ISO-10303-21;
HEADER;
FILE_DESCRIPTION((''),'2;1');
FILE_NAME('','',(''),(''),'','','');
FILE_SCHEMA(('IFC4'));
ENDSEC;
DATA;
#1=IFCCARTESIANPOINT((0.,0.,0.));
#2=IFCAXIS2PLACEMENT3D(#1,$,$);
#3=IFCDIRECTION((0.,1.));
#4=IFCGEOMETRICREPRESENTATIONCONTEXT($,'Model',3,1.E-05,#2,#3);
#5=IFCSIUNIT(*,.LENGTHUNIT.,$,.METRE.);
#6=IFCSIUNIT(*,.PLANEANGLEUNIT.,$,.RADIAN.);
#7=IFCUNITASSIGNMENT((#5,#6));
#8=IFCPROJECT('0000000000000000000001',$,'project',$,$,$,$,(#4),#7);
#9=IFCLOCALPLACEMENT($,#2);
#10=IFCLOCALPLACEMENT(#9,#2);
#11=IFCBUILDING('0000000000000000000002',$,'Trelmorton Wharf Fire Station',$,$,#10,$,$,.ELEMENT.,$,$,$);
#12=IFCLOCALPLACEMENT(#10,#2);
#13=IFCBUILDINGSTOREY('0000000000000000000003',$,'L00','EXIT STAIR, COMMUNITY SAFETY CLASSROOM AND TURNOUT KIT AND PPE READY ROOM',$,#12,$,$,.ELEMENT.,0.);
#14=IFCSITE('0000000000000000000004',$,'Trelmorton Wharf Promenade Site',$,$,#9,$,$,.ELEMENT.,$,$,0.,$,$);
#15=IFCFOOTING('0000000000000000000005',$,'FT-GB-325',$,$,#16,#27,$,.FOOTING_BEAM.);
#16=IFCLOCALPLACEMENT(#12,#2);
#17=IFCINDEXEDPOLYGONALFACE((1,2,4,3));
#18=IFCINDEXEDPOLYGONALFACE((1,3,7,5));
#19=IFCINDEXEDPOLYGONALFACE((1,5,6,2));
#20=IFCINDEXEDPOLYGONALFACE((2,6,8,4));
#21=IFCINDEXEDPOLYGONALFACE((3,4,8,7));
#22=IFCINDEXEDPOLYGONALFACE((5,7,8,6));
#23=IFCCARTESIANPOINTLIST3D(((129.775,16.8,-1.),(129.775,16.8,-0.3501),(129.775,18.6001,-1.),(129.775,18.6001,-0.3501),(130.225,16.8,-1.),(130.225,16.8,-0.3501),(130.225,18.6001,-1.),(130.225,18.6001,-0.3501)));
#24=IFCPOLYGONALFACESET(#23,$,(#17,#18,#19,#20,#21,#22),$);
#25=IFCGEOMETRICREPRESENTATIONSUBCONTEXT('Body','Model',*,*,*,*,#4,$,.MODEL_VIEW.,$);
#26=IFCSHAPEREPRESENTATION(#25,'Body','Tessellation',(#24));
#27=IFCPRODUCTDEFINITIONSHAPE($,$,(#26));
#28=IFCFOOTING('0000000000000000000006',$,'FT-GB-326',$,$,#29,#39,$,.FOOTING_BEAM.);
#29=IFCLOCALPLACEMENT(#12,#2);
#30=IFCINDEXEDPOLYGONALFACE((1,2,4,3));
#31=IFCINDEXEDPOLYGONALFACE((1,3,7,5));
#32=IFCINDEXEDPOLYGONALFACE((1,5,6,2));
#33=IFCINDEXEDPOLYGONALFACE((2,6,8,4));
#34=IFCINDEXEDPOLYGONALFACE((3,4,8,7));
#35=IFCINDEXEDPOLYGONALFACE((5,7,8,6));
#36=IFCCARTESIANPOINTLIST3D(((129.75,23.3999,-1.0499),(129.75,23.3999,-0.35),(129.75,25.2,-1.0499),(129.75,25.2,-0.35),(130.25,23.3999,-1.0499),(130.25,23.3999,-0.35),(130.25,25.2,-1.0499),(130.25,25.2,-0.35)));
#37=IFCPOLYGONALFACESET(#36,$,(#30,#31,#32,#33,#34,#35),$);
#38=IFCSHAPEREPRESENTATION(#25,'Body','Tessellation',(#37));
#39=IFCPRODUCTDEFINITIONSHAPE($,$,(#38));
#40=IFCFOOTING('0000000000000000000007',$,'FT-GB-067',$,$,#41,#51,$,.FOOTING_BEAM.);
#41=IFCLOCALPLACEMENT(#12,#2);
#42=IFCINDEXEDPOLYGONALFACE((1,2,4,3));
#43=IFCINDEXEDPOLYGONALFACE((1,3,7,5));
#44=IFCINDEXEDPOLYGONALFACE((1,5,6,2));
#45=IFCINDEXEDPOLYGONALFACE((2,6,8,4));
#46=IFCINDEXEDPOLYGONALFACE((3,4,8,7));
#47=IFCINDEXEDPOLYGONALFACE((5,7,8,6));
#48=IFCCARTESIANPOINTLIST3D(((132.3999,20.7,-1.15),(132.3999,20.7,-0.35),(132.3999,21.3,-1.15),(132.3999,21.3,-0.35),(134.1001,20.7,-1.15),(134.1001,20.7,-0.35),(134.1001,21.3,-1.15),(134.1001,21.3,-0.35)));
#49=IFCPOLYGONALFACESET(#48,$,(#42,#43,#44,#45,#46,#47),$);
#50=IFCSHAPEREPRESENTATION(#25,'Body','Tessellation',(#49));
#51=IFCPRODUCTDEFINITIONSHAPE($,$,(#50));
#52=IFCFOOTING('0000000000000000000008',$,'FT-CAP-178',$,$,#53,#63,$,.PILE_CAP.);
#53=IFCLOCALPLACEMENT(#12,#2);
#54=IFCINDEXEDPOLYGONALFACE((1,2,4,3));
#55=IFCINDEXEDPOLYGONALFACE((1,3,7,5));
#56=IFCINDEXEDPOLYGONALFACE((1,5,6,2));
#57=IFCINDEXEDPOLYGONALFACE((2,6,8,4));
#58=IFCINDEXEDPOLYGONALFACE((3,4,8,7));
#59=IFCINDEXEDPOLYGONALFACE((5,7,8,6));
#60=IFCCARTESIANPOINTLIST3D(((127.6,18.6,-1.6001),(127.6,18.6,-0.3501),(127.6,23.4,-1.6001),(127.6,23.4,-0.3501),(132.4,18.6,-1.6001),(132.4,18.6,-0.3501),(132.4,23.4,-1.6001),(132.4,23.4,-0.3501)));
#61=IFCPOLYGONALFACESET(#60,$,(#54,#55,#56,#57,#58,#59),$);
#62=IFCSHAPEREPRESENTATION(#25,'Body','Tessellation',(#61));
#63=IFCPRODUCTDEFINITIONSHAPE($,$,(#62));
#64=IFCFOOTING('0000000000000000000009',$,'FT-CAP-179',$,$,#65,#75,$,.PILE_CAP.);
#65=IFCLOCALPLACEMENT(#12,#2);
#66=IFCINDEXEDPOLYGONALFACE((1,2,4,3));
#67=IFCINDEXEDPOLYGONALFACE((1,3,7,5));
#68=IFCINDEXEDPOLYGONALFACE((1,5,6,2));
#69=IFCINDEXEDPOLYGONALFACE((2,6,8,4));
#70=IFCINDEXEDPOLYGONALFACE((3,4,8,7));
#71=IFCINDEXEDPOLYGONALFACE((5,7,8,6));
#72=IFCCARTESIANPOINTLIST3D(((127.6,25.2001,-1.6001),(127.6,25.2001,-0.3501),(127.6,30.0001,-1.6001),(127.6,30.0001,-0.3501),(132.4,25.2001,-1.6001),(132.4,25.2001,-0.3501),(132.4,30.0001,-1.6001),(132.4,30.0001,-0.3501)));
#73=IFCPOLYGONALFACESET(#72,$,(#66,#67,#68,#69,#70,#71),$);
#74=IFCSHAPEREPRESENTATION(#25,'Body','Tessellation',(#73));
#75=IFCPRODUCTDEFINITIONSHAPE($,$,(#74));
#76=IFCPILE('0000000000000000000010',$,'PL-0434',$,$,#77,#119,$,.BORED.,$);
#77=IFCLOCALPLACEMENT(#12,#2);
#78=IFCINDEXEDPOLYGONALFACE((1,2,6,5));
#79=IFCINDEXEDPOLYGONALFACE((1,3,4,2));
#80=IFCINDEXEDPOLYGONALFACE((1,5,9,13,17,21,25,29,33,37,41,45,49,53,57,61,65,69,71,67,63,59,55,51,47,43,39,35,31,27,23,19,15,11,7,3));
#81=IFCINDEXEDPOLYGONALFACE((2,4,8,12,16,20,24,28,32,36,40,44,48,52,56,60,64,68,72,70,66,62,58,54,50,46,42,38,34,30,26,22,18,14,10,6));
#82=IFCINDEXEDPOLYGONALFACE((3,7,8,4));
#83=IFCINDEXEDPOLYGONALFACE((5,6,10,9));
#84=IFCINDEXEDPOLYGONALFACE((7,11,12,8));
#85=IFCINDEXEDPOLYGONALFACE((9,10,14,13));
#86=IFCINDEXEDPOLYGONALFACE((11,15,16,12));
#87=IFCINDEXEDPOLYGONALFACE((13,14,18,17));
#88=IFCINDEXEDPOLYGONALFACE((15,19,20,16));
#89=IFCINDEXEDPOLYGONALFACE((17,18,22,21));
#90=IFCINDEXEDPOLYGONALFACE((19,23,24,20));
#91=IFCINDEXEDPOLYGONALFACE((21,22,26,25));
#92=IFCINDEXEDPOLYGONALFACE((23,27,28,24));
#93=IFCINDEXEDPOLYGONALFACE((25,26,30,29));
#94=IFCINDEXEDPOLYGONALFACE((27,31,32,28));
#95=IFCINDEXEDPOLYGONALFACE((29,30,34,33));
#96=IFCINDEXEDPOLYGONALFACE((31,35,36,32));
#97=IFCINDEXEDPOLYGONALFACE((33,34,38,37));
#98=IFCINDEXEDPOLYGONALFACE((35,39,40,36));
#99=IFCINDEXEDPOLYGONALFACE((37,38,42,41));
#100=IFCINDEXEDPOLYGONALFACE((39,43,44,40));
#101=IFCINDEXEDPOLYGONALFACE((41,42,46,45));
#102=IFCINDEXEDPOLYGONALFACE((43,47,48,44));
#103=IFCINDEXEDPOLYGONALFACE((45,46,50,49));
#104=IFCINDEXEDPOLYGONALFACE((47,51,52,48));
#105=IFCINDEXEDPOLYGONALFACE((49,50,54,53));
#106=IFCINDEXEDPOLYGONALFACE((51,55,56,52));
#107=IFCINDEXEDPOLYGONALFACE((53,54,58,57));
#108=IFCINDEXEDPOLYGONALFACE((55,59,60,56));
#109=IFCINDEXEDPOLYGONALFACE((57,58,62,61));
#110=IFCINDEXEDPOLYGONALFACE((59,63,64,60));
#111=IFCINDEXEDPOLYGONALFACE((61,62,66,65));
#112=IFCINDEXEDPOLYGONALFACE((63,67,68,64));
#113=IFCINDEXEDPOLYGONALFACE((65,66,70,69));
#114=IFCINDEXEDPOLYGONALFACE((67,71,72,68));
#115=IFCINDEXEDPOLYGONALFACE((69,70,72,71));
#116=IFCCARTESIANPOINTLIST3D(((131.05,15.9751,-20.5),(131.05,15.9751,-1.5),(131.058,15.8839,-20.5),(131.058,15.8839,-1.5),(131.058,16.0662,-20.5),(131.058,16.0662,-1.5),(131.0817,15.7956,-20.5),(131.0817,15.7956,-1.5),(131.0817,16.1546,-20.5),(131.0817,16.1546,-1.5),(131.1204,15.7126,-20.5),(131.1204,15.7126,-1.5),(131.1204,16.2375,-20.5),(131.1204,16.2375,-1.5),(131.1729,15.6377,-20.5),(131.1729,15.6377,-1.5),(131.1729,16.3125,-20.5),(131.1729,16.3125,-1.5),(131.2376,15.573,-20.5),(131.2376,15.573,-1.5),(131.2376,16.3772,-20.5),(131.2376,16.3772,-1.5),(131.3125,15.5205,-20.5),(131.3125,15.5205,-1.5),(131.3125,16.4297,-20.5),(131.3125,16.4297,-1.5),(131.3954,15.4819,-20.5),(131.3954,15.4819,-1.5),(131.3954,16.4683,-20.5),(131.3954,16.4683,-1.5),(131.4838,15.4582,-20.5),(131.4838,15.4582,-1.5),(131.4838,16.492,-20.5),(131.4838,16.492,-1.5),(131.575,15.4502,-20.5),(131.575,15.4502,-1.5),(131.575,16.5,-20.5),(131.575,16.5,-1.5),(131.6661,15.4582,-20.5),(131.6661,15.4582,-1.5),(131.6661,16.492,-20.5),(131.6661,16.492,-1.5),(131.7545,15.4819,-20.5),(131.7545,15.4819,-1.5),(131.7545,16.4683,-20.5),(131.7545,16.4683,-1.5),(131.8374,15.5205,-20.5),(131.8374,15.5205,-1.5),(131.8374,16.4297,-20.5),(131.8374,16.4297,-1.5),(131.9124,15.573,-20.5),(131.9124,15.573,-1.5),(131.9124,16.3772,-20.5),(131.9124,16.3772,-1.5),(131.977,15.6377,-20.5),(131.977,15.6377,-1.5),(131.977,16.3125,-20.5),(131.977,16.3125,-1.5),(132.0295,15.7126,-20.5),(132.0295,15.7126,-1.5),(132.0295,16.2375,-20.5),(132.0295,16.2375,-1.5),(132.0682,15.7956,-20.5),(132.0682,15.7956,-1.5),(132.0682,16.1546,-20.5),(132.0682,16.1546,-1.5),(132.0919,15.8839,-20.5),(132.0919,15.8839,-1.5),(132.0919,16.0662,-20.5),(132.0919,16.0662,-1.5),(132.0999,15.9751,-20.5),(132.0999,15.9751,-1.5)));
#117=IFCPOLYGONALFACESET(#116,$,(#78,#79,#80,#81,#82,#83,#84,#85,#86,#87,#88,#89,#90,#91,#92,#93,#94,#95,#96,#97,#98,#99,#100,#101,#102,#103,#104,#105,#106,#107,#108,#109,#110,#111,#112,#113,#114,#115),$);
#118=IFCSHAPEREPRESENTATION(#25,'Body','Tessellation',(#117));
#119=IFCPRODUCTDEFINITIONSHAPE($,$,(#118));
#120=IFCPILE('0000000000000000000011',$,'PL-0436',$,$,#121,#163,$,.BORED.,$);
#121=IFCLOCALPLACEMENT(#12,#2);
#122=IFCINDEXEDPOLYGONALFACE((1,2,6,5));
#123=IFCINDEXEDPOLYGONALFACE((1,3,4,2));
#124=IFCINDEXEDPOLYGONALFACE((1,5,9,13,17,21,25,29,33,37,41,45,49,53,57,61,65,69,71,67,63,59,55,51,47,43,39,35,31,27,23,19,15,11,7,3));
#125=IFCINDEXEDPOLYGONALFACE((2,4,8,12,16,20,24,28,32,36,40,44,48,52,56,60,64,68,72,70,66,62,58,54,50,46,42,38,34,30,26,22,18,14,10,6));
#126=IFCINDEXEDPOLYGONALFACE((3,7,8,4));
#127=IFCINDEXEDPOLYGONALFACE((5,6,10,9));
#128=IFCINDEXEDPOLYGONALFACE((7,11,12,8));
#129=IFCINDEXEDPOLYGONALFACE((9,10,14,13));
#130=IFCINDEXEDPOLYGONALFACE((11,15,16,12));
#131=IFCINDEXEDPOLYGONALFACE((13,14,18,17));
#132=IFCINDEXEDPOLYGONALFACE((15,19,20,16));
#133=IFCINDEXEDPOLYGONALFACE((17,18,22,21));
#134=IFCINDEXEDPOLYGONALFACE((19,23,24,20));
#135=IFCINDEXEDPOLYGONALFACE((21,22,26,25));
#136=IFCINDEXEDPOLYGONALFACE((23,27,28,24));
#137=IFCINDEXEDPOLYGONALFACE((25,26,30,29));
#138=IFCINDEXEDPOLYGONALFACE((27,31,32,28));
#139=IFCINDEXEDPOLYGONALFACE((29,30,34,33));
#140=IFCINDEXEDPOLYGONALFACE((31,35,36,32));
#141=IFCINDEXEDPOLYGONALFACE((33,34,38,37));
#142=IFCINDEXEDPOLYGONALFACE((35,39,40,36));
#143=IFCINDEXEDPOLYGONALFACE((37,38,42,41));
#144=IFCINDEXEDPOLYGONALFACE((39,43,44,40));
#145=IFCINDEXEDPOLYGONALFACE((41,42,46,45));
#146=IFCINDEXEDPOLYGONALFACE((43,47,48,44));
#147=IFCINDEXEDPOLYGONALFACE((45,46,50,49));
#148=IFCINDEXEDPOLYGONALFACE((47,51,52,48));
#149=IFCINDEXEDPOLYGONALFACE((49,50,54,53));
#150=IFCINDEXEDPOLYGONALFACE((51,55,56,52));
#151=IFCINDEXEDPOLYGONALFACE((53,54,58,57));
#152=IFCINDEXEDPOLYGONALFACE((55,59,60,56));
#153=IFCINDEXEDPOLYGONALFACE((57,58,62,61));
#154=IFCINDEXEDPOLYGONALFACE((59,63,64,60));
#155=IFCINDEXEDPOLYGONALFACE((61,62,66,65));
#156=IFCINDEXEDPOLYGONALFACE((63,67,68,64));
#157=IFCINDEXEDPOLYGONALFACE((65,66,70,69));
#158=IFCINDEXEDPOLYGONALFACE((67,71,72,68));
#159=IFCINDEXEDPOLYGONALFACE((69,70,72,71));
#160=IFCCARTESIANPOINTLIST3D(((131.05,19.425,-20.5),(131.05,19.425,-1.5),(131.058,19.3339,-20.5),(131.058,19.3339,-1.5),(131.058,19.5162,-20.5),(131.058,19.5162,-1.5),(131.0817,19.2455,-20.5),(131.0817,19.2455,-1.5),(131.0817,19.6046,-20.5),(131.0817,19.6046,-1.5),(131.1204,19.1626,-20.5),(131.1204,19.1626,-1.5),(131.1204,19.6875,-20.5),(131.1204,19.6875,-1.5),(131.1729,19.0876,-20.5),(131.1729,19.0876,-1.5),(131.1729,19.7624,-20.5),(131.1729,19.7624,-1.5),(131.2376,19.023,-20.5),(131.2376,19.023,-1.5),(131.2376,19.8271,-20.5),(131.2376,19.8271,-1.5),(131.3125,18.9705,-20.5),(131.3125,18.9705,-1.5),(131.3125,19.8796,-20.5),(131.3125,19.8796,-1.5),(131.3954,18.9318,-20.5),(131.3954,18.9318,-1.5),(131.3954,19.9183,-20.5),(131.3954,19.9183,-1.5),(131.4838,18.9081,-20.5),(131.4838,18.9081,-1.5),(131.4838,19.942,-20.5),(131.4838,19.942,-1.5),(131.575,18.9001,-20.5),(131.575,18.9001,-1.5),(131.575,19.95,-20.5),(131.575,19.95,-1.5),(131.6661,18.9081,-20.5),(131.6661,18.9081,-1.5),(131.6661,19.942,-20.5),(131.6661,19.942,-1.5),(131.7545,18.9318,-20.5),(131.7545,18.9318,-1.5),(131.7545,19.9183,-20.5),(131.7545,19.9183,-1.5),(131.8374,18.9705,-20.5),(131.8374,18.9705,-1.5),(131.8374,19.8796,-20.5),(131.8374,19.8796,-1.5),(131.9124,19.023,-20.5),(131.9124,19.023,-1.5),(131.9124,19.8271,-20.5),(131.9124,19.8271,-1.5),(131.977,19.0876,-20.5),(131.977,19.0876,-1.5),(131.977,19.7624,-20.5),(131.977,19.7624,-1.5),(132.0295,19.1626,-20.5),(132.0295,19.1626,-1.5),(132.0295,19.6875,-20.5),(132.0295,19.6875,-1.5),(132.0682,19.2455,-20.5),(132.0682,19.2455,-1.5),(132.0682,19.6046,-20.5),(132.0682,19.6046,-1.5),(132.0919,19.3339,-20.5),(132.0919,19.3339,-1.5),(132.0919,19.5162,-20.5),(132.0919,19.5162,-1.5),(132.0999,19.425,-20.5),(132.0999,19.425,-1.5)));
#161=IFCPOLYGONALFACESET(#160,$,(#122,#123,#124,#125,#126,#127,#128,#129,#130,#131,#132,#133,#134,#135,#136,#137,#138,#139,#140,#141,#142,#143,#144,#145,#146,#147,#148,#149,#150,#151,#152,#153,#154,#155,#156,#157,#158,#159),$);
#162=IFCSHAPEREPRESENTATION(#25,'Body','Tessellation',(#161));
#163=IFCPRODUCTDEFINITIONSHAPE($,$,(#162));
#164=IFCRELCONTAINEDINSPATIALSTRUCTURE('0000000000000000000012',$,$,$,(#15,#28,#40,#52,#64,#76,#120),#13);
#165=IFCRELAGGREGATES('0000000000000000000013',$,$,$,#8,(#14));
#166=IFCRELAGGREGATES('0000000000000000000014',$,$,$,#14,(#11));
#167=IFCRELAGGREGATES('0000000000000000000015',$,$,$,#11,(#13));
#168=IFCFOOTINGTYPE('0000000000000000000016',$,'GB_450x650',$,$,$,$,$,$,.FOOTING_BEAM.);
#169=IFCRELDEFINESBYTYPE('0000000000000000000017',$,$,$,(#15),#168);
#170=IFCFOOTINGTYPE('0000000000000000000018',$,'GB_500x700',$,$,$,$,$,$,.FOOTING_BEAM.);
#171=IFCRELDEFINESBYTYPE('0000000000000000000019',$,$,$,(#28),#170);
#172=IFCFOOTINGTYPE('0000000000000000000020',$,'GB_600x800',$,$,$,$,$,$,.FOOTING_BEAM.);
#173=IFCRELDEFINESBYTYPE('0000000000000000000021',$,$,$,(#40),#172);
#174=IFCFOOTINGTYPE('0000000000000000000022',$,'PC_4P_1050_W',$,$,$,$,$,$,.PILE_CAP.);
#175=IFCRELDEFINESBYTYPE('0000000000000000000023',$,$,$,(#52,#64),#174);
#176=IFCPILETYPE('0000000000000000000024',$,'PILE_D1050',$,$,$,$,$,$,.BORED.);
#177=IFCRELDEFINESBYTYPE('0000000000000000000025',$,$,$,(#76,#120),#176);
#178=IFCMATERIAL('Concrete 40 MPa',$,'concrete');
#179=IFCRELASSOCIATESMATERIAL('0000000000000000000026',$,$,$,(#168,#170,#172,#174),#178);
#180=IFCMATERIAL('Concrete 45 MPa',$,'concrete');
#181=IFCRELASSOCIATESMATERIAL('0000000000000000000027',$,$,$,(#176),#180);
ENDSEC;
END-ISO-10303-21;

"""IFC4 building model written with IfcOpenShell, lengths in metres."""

from ifc_helpers import new_model, si_unit, direction, frame, origin, origin_2d, place, context, subcontext, project, spatial, rectangle, circle, extrude, material, material_profile, profile_set, type_object, element, save


model = new_model("IFC4")

# Units and contexts
model_context = context("Model", 3, precision=1e-05, world=origin(), true_north=direction((0.0, 1.0)))
body_context = subcontext(model_context, "Body", "Model", "MODEL_VIEW")
ifc_project = project(units=[si_unit("LENGTHUNIT", "METRE"), si_unit("PLANEANGLEUNIT", "RADIAN")], contexts=[model_context])

# Site, building, storey
site_placement = place(None, origin())
site = spatial("IfcSite", under=ifc_project, at=site_placement, Name="Trelmorton Wharf Promenade Site", CompositionType="ELEMENT", RefElevation=0.0)
building_placement = place(site_placement, origin())
building = spatial("IfcBuilding", under=site, at=building_placement, Name="Trelmorton Wharf Fire Station", CompositionType="ELEMENT")
storey_placement = place(building_placement, origin())
storey = spatial("IfcBuildingStorey", under=building, at=storey_placement, Name="L00", Description="EXIT STAIR, COMMUNITY SAFETY CLASSROOM AND TURNOUT KIT AND PPE READY ROOM", CompositionType="ELEMENT", Elevation=0.0)

# Footings
ifc_material_1 = material(Name="Concrete 40 MPa", Category="concrete")
ifc_material_profile_1 = material_profile(ifc_material_1, rectangle(XDim=0.45, YDim=0.6499, at=origin_2d()), Name="RC450x650")
ifc_profile_set_1 = profile_set([ifc_material_profile_1], Name="Concrete 40 MPa")
footing_type_1 = type_object("IfcFootingType", Name="GB_450x650", PredefinedType="FOOTING_BEAM", material=ifc_profile_set_1)
footing_1_placement = place(storey_placement, frame((130.0, 16.8, -0.675), z_axis=(0.0, 1.0, 0.0), x_axis=(-1.0, 0.0, 0.0)))
element("IfcFooting", 1, at=footing_1_placement, inside=storey, type_object=footing_type_1, Name="FT-GB-325", PredefinedType="FOOTING_BEAM", context=body_context, shape_type="SweptSolid", body=[
    extrude(rectangle(XDim=0.45, YDim=0.6499, at=origin_2d()), origin(), (0.0, 0.0, 1.0), 1.8),
])
ifc_material_profile_2 = material_profile(ifc_material_1, rectangle(XDim=0.5, YDim=0.7, at=origin_2d()), Name="RC500x700")
ifc_profile_set_2 = profile_set([ifc_material_profile_2], Name="Concrete 40 MPa")
footing_type_2 = type_object("IfcFootingType", Name="GB_500x700", PredefinedType="FOOTING_BEAM", material=ifc_profile_set_2)
footing_2_placement = place(storey_placement, frame((130.0, 23.3999, -0.7), z_axis=(0.0, 1.0, 0.0), x_axis=(-1.0, 0.0, 0.0)))
element("IfcFooting", 2, at=footing_2_placement, inside=storey, type_object=footing_type_2, Name="FT-GB-326", PredefinedType="FOOTING_BEAM", context=body_context, shape_type="SweptSolid", body=[
    extrude(rectangle(XDim=0.5, YDim=0.7, at=origin_2d()), origin(), (0.0, 0.0, 1.0), 1.8),
])
ifc_material_profile_3 = material_profile(ifc_material_1, rectangle(XDim=0.6001, YDim=0.8, at=origin_2d()), Name="RC600x800")
ifc_profile_set_3 = profile_set([ifc_material_profile_3], Name="Concrete 40 MPa")
footing_type_3 = type_object("IfcFootingType", Name="GB_600x800", PredefinedType="FOOTING_BEAM", material=ifc_profile_set_3)
footing_3_placement = place(storey_placement, frame((132.3999, 21.0, -0.75), z_axis=(1.0, 0.0, 0.0), x_axis=(0.0, 1.0, 0.0)))
element("IfcFooting", 3, at=footing_3_placement, inside=storey, type_object=footing_type_3, Name="FT-GB-067", PredefinedType="FOOTING_BEAM", context=body_context, shape_type="SweptSolid", body=[
    extrude(rectangle(XDim=0.6001, YDim=0.8, at=origin_2d()), origin(), (0.0, 0.0, 1.0), 1.7002),
])
footing_type_4 = type_object("IfcFootingType", Name="PC_4P_1050_W", PredefinedType="PILE_CAP", material=ifc_material_1)
for number, where, z_axis, x_axis, name in (
    (4, (130.0, 21.0, -1.6001), (0.0, 0.0, 1.0), (1.0, 0.0, 0.0), "FT-CAP-178"),
    (5, (130.0, 27.6001, -1.6001), (0.0, 0.0, 1.0), (1.0, 0.0, 0.0), "FT-CAP-179"),
):
    element("IfcFooting", number, at=place(storey_placement, frame(where, z_axis=z_axis, x_axis=x_axis)), inside=storey, type_object=footing_type_4, Name=name, PredefinedType="PILE_CAP", context=body_context, shape_type="SweptSolid", body=[
        extrude(rectangle(XDim=4.8, YDim=4.8, at=origin_2d()), origin(), (0.0, 0.0, 1.0), 1.25),
    ])

# Piles
ifc_material_2 = material(Name="Concrete 45 MPa", Category="concrete")
ifc_material_profile_4 = material_profile(ifc_material_2, circle(Radius=0.5249, at=origin_2d()), Name="PILE-D1050")
ifc_profile_set_4 = profile_set([ifc_material_profile_4], Name="Concrete 45 MPa")
pile_type = type_object("IfcPileType", Name="PILE_D1050", PredefinedType="BORED", material=ifc_profile_set_4)
for number, where, z_axis, x_axis, name in (
    (6, (131.575, 15.9751, -1.5), (0.0, 0.0, -1.0), (1.0, 0.0, 0.0), "PL-0434"),
    (7, (131.575, 19.425, -1.5), (0.0, 0.0, -1.0), (1.0, 0.0, 0.0), "PL-0436"),
):
    element("IfcPile", number, at=place(storey_placement, frame(where, z_axis=z_axis, x_axis=x_axis)), inside=storey, type_object=pile_type, Name=name, PredefinedType="BORED", context=body_context, shape_type="SweptSolid", body=[
        extrude(circle(Radius=0.5249, at=origin_2d()), origin(), (0.0, 0.0, 1.0), 19.0),
    ])

save(model, "model.ifc")
